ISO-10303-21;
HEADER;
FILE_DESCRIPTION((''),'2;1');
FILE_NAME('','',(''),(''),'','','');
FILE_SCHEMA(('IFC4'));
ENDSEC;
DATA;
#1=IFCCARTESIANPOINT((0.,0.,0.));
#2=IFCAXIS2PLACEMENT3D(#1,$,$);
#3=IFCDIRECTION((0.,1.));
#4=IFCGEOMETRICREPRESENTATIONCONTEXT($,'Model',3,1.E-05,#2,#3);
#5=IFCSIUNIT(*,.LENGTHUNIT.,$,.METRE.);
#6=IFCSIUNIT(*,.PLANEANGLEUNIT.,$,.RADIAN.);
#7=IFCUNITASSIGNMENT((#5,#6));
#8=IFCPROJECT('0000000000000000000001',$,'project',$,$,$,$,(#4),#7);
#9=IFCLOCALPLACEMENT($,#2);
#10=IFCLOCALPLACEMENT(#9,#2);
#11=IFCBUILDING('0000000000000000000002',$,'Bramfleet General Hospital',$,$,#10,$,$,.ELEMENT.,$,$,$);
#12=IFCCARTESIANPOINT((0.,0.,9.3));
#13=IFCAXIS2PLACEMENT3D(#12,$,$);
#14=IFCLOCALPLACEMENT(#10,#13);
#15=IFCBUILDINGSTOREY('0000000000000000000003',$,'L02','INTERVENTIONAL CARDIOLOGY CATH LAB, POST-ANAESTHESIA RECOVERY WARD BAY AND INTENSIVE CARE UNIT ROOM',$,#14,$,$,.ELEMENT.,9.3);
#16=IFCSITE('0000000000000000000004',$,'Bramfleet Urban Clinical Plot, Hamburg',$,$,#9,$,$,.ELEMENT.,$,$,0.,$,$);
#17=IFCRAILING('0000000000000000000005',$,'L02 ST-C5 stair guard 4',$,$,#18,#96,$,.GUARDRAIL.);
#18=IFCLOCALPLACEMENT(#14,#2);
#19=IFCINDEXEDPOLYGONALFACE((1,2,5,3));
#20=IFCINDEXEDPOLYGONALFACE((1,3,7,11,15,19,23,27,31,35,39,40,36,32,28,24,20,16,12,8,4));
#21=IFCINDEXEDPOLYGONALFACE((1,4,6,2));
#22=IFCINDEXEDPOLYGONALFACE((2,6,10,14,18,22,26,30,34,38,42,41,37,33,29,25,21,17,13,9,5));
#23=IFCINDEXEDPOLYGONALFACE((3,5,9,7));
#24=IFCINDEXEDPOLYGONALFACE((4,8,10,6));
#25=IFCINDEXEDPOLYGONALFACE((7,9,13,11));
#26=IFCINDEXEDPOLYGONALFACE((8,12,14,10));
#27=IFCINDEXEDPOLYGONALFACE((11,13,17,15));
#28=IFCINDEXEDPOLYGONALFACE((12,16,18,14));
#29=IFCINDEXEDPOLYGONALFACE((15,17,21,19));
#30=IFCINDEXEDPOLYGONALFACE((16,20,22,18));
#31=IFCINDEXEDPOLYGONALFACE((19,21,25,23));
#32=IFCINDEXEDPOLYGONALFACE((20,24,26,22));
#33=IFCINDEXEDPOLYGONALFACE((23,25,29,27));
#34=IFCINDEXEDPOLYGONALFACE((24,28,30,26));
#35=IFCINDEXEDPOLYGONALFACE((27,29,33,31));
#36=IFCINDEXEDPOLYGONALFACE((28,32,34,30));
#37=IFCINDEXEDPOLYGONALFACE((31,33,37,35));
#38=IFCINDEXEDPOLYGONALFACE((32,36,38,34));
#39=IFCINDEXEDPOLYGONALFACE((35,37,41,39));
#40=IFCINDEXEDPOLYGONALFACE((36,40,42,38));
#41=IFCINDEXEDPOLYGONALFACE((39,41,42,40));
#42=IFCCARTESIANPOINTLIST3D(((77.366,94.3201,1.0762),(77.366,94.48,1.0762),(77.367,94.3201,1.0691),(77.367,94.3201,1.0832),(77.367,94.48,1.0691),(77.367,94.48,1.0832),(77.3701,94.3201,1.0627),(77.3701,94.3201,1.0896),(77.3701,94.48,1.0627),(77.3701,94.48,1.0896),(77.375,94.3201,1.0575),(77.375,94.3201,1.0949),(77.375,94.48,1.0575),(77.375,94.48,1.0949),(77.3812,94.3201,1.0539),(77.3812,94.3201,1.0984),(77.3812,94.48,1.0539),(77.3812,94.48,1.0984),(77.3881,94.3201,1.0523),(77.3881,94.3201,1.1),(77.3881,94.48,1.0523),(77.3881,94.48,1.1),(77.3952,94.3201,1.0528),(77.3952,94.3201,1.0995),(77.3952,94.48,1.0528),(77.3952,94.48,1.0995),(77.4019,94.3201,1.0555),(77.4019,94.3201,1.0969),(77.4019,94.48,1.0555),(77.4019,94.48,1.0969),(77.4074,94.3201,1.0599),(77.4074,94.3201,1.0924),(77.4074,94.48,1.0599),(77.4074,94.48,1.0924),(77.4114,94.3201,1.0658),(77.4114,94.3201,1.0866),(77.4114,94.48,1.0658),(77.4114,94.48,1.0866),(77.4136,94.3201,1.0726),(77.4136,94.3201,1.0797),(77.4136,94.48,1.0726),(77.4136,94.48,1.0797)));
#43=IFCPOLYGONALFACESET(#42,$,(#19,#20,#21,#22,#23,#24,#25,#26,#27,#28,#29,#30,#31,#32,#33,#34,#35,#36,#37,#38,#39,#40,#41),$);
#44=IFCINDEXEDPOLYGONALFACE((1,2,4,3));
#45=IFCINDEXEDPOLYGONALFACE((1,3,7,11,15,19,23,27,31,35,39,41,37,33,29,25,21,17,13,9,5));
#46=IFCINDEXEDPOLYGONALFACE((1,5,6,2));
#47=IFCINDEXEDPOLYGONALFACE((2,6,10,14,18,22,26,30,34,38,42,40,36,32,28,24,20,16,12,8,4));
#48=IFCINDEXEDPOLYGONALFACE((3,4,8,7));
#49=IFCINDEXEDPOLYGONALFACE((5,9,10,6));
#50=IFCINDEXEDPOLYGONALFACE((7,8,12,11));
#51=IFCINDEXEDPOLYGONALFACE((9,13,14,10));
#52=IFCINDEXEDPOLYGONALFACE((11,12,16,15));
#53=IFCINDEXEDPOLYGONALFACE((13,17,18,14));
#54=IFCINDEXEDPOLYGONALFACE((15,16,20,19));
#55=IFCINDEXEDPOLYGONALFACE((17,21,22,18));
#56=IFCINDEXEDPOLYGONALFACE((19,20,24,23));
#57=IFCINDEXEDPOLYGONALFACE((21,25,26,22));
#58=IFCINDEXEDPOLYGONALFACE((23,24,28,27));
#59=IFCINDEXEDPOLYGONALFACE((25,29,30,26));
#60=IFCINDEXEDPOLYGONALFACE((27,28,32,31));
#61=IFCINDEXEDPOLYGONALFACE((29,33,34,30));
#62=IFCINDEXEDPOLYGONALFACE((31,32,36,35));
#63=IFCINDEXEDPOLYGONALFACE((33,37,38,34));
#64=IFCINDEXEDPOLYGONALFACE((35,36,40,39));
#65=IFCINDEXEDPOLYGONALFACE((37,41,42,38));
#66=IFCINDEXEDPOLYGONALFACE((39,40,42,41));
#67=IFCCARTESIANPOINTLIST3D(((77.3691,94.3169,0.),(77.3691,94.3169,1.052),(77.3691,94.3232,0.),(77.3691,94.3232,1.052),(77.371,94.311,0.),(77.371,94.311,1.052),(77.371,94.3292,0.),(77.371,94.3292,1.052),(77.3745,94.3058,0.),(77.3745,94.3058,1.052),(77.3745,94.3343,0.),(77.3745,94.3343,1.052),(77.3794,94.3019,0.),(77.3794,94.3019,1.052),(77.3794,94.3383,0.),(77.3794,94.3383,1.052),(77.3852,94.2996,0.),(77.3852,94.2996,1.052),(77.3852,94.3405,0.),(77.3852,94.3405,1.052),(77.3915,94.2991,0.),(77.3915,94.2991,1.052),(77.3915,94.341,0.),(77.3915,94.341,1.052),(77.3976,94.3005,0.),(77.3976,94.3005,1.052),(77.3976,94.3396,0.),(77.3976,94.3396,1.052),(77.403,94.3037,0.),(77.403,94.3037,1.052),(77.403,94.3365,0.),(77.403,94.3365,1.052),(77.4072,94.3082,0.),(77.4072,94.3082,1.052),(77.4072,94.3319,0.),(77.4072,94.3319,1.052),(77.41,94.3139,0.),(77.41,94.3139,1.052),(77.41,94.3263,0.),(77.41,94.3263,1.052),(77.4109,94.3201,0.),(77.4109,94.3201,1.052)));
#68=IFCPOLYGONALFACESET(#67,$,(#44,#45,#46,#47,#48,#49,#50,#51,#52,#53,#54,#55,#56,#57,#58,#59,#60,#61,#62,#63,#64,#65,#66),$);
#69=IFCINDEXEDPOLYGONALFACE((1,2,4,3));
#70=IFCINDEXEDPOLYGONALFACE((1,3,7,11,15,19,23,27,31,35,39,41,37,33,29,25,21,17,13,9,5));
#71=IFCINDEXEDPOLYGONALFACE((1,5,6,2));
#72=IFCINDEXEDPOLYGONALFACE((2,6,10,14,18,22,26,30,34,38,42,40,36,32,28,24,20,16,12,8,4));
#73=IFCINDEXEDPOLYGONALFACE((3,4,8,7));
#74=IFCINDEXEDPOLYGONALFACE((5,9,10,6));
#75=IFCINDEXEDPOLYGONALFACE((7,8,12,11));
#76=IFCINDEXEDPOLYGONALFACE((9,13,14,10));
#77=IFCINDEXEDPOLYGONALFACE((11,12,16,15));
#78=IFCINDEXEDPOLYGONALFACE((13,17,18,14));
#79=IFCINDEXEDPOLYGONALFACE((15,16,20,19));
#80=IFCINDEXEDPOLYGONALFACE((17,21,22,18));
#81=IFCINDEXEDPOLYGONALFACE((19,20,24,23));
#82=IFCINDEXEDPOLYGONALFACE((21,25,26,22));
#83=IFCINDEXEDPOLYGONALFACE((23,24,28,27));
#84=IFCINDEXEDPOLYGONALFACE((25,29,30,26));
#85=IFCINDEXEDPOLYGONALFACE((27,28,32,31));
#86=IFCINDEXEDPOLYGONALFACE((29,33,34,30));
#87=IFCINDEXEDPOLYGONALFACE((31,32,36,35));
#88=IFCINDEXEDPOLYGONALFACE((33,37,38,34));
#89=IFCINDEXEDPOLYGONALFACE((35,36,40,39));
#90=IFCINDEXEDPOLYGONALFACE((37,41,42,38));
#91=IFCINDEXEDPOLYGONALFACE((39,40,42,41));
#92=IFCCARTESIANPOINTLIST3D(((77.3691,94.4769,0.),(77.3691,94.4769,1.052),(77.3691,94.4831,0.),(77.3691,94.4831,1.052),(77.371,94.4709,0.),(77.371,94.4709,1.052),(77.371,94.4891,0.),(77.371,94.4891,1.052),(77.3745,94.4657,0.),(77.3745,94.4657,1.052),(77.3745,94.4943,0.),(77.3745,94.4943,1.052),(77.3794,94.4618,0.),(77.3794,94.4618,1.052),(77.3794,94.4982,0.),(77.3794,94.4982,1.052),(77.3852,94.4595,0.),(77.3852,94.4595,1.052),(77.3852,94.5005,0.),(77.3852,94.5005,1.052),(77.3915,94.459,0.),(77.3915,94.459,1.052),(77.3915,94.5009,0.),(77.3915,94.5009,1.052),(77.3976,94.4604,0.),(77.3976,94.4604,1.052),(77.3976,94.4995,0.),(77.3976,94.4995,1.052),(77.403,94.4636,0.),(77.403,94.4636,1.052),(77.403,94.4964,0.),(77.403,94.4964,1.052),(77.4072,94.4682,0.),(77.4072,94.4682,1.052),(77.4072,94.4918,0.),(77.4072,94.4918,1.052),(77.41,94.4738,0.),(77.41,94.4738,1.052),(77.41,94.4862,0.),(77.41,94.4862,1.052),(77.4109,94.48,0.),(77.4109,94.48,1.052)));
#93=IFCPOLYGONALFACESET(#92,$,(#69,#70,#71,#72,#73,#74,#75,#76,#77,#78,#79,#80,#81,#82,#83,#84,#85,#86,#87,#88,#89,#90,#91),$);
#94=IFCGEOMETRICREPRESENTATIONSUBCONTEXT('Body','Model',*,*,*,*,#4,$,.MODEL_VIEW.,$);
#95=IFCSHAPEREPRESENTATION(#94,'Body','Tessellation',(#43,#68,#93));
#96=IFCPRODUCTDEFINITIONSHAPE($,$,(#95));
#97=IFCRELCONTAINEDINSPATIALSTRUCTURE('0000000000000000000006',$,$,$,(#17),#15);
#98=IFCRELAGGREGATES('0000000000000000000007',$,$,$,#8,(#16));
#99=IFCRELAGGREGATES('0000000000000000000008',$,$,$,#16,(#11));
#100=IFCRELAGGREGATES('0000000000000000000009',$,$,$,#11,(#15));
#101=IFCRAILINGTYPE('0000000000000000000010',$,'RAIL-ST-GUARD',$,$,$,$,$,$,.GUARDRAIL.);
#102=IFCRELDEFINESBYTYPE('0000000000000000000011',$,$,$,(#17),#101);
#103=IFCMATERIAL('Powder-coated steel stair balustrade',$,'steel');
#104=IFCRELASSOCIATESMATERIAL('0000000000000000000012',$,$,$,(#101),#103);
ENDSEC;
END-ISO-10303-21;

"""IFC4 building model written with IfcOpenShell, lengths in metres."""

from ifc_helpers import new_model, si_unit, direction, frame, origin, origin_2d, place, context, subcontext, project, spatial, circle, extrude, material, type_object, element, save


model = new_model("IFC4")

# Units and contexts
model_context = context("Model", 3, precision=1e-05, world=origin(), true_north=direction((0.0, 1.0)))
body_context = subcontext(model_context, "Body", "Model", "MODEL_VIEW")
ifc_project = project(units=[si_unit("LENGTHUNIT", "METRE"), si_unit("PLANEANGLEUNIT", "RADIAN")], contexts=[model_context])

# Site, building, storey
site_placement = place(None, origin())
site = spatial("IfcSite", under=ifc_project, at=site_placement, Name="Bramfleet Urban Clinical Plot, Hamburg", CompositionType="ELEMENT", RefElevation=0.0)
building_placement = place(site_placement, origin())
building = spatial("IfcBuilding", under=site, at=building_placement, Name="Bramfleet General Hospital", CompositionType="ELEMENT")
storey_placement = place(building_placement, frame((0.0, 0.0, 9.3)))
storey = spatial("IfcBuildingStorey", under=building, at=storey_placement, Name="L02", Description="INTERVENTIONAL CARDIOLOGY CATH LAB, POST-ANAESTHESIA RECOVERY WARD BAY AND INTENSIVE CARE UNIT ROOM", CompositionType="ELEMENT", Elevation=9.3)

# Railing
ifc_material_1 = material(Name="Powder-coated steel stair balustrade", Category="steel")
railing_type_1 = type_object("IfcRailingType", Name="RAIL-ST-GUARD", PredefinedType="GUARDRAIL", material=ifc_material_1)
railing_1_placement = place(storey_placement, frame((77.3899, 94.3201, 0.0)))
element("IfcRailing", 1, at=railing_1_placement, inside=storey, type_object=railing_type_1, Name="L02 ST-C5 stair guard 4", PredefinedType="GUARDRAIL", context=body_context, shape_type="SweptSolid", body=[
    extrude(circle(Radius=0.0239, at=origin_2d()), frame((0.0, 0.0, 1.0762), z_axis=(0.0, 1.0, 0.0), x_axis=(-1.0, 0.0, 0.0)), (0.0, 0.0, 1.0), 0.1599),
    extrude(circle(Radius=0.021, at=origin_2d()), origin(), (0.0, 0.0, 1.0), 1.052),
    extrude(circle(Radius=0.021, at=origin_2d()), frame((0.0, 0.1599, 0.0)), (0.0, 0.0, 1.0), 1.052),
])

save(model, "model.ifc")
